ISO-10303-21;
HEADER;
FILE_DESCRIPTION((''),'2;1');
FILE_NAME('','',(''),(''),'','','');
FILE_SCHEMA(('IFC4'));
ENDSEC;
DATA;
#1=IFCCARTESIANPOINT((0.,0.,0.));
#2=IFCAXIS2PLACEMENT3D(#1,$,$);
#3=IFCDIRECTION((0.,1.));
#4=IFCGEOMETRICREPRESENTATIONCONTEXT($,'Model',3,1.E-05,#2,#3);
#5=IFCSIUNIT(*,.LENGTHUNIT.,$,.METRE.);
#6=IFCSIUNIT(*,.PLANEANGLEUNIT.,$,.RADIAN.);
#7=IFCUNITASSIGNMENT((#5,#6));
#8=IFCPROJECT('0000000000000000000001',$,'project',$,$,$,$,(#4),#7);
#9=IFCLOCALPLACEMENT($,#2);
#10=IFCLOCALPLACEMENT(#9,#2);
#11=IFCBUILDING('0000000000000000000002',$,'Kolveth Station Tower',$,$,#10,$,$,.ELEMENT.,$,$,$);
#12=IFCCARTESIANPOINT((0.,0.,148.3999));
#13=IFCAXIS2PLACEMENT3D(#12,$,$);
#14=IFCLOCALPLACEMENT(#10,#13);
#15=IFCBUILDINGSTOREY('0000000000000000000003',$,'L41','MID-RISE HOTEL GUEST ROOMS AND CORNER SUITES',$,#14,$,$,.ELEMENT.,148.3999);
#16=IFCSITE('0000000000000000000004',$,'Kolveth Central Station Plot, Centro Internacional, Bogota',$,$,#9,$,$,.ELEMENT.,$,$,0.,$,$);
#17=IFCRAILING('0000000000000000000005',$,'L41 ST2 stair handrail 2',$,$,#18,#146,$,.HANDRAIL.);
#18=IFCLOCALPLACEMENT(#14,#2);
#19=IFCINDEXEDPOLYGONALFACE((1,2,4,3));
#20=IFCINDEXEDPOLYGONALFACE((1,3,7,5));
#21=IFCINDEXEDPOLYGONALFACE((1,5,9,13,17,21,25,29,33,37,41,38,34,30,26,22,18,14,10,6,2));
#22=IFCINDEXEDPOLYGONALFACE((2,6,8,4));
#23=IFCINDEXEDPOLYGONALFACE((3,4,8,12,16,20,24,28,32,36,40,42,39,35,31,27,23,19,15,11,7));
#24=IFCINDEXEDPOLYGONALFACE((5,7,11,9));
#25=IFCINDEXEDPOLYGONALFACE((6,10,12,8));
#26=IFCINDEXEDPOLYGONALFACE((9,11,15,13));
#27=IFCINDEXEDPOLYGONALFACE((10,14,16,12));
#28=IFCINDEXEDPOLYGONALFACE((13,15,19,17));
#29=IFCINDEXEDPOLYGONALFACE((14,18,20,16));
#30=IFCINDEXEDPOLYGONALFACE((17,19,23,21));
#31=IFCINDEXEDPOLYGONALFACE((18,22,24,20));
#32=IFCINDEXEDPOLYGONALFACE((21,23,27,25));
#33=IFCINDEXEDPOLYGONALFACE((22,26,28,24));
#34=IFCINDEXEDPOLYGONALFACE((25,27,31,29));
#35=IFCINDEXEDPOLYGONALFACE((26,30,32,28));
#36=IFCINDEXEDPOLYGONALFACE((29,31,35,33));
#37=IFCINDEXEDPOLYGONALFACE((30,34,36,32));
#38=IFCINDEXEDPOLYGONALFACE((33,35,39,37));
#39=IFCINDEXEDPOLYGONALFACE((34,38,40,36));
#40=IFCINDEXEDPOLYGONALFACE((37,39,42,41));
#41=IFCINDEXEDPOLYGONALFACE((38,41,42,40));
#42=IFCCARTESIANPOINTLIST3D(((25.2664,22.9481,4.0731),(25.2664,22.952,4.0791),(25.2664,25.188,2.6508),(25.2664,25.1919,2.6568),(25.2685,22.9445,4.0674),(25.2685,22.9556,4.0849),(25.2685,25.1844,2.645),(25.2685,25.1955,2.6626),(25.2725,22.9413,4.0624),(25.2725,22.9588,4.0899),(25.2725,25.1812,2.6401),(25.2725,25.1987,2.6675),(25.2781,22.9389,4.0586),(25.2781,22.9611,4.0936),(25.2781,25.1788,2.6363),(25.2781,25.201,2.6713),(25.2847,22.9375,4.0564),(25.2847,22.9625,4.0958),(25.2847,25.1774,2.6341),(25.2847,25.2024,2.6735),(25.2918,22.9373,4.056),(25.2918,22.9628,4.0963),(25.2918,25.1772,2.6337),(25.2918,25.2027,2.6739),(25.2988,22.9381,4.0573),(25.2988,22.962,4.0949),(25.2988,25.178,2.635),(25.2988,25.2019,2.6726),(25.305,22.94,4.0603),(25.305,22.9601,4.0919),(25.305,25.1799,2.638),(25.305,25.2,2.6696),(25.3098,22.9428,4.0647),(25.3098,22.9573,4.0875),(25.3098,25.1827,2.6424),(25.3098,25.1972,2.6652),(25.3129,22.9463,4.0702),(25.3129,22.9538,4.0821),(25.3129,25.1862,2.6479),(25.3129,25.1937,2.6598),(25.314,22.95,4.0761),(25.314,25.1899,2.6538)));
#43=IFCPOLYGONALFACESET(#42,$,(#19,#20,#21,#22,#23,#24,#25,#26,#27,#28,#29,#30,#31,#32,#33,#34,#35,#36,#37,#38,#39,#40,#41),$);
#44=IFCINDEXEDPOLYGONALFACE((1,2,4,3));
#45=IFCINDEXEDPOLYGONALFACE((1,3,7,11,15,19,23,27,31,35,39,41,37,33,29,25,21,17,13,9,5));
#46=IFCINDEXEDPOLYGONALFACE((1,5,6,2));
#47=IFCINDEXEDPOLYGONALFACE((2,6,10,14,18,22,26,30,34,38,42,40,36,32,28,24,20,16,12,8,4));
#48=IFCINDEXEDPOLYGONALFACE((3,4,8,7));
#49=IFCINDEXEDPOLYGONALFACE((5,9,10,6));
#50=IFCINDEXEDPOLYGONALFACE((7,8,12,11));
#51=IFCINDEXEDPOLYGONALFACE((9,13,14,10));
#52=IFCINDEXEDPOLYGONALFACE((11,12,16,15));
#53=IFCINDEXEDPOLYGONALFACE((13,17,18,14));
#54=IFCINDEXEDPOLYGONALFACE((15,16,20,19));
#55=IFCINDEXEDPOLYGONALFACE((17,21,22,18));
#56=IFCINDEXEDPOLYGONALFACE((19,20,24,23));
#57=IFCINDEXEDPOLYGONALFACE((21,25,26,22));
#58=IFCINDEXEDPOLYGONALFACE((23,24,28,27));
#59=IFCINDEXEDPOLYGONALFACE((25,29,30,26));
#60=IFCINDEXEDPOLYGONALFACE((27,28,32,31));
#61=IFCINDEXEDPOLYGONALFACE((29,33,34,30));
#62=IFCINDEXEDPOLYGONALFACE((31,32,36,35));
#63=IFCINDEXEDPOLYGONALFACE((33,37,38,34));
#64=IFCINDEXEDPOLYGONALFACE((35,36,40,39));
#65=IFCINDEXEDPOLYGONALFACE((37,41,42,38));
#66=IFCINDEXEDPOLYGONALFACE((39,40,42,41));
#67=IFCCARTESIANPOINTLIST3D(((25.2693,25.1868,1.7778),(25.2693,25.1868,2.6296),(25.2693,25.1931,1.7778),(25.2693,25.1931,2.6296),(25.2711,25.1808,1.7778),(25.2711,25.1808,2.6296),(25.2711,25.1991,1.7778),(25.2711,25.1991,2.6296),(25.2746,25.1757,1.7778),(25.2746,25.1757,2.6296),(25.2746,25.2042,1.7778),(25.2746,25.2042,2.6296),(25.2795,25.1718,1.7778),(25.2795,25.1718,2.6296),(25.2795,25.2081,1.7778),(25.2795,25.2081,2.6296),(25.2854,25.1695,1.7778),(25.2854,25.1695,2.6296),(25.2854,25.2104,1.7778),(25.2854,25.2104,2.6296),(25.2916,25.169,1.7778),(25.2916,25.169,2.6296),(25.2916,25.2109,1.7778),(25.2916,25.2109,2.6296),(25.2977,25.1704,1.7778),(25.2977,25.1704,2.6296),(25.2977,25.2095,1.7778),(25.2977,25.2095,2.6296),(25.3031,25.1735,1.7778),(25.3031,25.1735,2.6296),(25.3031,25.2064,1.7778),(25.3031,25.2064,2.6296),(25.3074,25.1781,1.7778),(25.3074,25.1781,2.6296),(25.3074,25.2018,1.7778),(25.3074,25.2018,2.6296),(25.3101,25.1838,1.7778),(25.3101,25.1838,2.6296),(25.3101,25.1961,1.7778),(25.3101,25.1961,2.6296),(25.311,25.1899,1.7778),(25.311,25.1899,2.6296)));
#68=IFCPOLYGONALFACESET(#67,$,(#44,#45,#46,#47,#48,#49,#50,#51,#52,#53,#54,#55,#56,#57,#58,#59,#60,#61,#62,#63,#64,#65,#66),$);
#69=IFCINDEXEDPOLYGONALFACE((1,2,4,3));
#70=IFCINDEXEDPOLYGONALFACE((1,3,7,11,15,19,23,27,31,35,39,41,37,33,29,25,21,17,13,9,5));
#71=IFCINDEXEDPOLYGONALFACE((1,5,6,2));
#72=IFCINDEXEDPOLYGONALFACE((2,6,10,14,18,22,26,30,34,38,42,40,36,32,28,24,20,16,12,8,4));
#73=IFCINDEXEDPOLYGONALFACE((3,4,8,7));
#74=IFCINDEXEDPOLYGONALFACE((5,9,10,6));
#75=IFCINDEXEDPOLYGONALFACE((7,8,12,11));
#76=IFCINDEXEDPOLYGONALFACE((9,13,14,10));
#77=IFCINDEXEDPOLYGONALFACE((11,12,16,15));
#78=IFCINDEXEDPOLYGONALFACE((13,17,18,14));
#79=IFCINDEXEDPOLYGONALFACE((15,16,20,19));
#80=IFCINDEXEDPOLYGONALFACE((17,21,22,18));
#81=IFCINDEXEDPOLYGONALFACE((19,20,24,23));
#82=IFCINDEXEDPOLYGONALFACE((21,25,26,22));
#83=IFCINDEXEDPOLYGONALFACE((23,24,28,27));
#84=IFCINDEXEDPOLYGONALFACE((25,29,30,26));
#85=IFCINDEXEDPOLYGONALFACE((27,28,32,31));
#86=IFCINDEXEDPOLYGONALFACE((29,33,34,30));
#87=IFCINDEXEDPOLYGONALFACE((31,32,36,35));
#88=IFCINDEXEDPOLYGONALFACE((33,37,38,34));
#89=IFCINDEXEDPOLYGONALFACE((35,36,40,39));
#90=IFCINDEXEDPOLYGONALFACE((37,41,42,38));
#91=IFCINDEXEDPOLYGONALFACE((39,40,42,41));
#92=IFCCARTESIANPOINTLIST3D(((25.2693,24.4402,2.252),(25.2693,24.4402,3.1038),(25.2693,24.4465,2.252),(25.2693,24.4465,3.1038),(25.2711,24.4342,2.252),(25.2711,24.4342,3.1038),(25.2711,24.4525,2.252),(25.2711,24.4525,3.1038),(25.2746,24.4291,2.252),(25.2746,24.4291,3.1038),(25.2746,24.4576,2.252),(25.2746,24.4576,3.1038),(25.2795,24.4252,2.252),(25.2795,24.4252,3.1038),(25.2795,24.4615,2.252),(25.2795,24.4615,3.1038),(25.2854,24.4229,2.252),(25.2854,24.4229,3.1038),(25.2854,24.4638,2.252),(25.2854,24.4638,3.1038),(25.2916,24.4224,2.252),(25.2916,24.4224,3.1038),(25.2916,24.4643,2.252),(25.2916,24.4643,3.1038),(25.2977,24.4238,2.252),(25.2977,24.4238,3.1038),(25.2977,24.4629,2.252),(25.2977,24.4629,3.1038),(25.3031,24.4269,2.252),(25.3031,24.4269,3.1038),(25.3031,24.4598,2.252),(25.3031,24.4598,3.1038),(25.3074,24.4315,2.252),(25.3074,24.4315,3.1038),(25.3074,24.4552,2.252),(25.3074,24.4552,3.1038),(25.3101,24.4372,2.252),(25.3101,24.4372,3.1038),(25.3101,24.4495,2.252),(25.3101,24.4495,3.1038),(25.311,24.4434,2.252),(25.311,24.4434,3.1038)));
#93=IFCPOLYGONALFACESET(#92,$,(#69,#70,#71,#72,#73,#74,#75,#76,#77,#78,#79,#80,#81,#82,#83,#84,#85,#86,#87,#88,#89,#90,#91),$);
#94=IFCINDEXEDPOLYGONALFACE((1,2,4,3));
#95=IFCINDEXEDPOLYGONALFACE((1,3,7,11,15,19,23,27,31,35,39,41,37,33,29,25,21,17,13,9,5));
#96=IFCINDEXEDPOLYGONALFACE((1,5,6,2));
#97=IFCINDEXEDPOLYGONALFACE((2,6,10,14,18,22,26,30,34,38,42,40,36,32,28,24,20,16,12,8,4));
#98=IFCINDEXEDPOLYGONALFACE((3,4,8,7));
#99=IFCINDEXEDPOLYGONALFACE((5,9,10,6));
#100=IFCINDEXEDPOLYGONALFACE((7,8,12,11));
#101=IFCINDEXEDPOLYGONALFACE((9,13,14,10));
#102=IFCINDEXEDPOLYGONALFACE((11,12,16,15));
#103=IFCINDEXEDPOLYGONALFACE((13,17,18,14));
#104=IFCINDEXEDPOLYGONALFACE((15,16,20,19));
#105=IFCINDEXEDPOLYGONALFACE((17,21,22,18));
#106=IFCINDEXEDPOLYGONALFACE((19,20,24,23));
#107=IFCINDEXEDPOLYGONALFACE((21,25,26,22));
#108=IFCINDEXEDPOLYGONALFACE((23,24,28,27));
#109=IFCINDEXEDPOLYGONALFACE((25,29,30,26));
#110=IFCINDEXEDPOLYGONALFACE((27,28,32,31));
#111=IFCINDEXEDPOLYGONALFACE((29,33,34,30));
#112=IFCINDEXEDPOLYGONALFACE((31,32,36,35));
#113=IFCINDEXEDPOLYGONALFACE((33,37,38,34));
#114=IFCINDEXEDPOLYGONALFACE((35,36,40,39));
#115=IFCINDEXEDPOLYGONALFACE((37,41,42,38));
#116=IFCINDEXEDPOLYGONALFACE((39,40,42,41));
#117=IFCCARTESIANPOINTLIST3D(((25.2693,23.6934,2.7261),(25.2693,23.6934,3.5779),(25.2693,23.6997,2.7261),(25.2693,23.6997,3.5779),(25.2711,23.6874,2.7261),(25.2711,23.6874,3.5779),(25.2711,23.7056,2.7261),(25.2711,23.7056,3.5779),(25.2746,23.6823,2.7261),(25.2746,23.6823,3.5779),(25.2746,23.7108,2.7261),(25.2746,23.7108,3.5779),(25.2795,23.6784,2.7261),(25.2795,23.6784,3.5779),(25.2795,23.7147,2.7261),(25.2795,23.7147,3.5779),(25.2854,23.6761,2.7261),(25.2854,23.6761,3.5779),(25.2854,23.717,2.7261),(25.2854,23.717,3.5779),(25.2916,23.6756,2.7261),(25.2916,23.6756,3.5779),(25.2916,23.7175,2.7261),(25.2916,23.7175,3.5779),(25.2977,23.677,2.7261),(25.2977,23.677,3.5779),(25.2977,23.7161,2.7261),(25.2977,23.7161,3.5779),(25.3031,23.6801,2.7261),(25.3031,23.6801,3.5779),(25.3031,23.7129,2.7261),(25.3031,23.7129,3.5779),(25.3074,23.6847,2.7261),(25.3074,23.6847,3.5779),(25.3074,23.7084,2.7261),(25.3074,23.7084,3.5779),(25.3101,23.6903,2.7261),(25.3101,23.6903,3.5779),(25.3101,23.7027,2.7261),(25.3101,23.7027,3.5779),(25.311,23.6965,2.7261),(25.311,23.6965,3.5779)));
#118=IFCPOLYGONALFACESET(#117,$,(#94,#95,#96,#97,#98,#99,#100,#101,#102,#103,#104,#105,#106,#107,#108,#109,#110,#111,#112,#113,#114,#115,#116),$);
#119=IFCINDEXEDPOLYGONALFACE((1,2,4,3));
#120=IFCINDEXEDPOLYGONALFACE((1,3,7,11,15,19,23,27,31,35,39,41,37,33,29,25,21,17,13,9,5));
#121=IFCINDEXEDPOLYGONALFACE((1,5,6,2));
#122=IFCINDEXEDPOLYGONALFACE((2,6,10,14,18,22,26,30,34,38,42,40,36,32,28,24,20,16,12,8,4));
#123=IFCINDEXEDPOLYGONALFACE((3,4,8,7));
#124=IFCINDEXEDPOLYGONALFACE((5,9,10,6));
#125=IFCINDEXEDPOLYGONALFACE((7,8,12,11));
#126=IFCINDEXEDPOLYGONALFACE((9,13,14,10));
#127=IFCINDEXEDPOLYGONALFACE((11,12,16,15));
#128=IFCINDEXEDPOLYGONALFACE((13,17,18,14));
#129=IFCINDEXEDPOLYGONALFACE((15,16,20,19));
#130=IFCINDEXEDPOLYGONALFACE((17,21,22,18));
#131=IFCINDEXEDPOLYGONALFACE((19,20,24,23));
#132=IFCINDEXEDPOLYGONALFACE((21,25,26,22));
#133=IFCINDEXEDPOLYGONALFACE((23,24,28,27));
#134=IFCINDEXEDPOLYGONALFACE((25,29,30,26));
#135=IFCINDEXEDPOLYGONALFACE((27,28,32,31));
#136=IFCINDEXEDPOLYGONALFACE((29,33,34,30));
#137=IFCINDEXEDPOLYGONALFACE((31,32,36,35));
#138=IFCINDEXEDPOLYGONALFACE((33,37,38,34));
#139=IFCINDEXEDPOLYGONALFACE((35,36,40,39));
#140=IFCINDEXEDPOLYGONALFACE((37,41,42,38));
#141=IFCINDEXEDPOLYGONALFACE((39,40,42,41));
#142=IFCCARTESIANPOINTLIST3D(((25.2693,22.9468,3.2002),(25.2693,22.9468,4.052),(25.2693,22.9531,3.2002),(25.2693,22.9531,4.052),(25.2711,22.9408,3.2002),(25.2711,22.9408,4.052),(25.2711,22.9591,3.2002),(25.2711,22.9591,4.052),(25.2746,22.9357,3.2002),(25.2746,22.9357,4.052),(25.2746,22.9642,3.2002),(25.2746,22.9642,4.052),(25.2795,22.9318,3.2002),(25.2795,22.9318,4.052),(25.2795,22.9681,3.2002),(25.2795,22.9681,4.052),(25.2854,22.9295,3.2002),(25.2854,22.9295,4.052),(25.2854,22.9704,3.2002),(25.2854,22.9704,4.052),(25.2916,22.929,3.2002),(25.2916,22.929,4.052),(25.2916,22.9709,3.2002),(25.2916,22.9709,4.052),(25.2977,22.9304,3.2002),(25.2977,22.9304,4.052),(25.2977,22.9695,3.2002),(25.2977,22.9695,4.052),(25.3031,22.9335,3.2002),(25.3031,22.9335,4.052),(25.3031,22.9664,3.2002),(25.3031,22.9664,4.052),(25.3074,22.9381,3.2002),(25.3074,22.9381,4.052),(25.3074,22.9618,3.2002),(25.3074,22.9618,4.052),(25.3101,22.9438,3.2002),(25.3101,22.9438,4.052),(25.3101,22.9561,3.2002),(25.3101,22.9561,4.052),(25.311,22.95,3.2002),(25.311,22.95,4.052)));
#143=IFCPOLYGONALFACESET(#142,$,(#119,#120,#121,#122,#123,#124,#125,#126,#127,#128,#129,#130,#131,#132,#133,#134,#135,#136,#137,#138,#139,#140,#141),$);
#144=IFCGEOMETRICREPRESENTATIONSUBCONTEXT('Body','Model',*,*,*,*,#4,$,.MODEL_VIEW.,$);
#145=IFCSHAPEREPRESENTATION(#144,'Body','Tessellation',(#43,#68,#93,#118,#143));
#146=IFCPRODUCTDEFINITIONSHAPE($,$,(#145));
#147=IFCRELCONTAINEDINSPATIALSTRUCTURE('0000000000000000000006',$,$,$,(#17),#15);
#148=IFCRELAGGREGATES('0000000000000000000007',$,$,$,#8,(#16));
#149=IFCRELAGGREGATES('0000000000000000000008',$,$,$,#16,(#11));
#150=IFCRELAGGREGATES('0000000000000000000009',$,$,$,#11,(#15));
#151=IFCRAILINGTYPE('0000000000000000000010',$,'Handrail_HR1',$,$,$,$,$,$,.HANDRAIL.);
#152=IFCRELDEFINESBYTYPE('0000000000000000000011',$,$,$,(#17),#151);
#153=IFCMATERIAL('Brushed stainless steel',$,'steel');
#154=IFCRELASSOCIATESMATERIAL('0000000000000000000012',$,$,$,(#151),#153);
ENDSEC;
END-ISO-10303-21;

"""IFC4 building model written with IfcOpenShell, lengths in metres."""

from ifc_helpers import new_model, si_unit, direction, frame, origin, origin_2d, place, context, subcontext, project, spatial, circle, extrude, material, type_object, element, save


model = new_model("IFC4")

# Units and contexts
model_context = context("Model", 3, precision=1e-05, world=origin(), true_north=direction((0.0, 1.0)))
body_context = subcontext(model_context, "Body", "Model", "MODEL_VIEW")
ifc_project = project(units=[si_unit("LENGTHUNIT", "METRE"), si_unit("PLANEANGLEUNIT", "RADIAN")], contexts=[model_context])

# Site, building, storey
site_placement = place(None, origin())
site = spatial("IfcSite", under=ifc_project, at=site_placement, Name="Kolveth Central Station Plot, Centro Internacional, Bogota", CompositionType="ELEMENT", RefElevation=0.0)
building_placement = place(site_placement, origin())
building = spatial("IfcBuilding", under=site, at=building_placement, Name="Kolveth Station Tower", CompositionType="ELEMENT")
storey_placement = place(building_placement, frame((0.0, 0.0, 148.3999)))
storey = spatial("IfcBuildingStorey", under=building, at=storey_placement, Name="L41", Description="MID-RISE HOTEL GUEST ROOMS AND CORNER SUITES", CompositionType="ELEMENT", Elevation=148.3999)

# Railing
ifc_material_1 = material(Name="Brushed stainless steel", Category="steel")
railing_type_1 = type_object("IfcRailingType", Name="Handrail_HR1", PredefinedType="HANDRAIL", material=ifc_material_1)
railing_1_placement = place(storey_placement, frame((25.29, 25.1899, 1.7778)))
element("IfcRailing", 1, at=railing_1_placement, inside=storey, type_object=railing_type_1, Name="L41 ST2 stair handrail 2", PredefinedType="HANDRAIL", context=body_context, shape_type="SweptSolid", body=[
    extrude(circle(Radius=0.0239, at=origin_2d()), frame((0.0, 0.0, 0.876), z_axis=(0.0, -0.844188, 0.536048), x_axis=(1.0, 0.0, 0.0)), (0.0, 0.0, 1.0), 2.6533),
    extrude(circle(Radius=0.021, at=origin_2d()), origin(), (0.0, 0.0, 1.0), 0.8518),
    extrude(circle(Radius=0.021, at=origin_2d()), frame((0.0, -0.7466, 0.4741)), (0.0, 0.0, 1.0), 0.8518),
    extrude(circle(Radius=0.021, at=origin_2d()), frame((0.0, -1.4934, 0.9482)), (0.0, 0.0, 1.0), 0.8518),
    extrude(circle(Radius=0.021, at=origin_2d()), frame((0.0, -2.24, 1.4224)), (0.0, 0.0, 1.0), 0.8518),
])

save(model, "model.ifc")
